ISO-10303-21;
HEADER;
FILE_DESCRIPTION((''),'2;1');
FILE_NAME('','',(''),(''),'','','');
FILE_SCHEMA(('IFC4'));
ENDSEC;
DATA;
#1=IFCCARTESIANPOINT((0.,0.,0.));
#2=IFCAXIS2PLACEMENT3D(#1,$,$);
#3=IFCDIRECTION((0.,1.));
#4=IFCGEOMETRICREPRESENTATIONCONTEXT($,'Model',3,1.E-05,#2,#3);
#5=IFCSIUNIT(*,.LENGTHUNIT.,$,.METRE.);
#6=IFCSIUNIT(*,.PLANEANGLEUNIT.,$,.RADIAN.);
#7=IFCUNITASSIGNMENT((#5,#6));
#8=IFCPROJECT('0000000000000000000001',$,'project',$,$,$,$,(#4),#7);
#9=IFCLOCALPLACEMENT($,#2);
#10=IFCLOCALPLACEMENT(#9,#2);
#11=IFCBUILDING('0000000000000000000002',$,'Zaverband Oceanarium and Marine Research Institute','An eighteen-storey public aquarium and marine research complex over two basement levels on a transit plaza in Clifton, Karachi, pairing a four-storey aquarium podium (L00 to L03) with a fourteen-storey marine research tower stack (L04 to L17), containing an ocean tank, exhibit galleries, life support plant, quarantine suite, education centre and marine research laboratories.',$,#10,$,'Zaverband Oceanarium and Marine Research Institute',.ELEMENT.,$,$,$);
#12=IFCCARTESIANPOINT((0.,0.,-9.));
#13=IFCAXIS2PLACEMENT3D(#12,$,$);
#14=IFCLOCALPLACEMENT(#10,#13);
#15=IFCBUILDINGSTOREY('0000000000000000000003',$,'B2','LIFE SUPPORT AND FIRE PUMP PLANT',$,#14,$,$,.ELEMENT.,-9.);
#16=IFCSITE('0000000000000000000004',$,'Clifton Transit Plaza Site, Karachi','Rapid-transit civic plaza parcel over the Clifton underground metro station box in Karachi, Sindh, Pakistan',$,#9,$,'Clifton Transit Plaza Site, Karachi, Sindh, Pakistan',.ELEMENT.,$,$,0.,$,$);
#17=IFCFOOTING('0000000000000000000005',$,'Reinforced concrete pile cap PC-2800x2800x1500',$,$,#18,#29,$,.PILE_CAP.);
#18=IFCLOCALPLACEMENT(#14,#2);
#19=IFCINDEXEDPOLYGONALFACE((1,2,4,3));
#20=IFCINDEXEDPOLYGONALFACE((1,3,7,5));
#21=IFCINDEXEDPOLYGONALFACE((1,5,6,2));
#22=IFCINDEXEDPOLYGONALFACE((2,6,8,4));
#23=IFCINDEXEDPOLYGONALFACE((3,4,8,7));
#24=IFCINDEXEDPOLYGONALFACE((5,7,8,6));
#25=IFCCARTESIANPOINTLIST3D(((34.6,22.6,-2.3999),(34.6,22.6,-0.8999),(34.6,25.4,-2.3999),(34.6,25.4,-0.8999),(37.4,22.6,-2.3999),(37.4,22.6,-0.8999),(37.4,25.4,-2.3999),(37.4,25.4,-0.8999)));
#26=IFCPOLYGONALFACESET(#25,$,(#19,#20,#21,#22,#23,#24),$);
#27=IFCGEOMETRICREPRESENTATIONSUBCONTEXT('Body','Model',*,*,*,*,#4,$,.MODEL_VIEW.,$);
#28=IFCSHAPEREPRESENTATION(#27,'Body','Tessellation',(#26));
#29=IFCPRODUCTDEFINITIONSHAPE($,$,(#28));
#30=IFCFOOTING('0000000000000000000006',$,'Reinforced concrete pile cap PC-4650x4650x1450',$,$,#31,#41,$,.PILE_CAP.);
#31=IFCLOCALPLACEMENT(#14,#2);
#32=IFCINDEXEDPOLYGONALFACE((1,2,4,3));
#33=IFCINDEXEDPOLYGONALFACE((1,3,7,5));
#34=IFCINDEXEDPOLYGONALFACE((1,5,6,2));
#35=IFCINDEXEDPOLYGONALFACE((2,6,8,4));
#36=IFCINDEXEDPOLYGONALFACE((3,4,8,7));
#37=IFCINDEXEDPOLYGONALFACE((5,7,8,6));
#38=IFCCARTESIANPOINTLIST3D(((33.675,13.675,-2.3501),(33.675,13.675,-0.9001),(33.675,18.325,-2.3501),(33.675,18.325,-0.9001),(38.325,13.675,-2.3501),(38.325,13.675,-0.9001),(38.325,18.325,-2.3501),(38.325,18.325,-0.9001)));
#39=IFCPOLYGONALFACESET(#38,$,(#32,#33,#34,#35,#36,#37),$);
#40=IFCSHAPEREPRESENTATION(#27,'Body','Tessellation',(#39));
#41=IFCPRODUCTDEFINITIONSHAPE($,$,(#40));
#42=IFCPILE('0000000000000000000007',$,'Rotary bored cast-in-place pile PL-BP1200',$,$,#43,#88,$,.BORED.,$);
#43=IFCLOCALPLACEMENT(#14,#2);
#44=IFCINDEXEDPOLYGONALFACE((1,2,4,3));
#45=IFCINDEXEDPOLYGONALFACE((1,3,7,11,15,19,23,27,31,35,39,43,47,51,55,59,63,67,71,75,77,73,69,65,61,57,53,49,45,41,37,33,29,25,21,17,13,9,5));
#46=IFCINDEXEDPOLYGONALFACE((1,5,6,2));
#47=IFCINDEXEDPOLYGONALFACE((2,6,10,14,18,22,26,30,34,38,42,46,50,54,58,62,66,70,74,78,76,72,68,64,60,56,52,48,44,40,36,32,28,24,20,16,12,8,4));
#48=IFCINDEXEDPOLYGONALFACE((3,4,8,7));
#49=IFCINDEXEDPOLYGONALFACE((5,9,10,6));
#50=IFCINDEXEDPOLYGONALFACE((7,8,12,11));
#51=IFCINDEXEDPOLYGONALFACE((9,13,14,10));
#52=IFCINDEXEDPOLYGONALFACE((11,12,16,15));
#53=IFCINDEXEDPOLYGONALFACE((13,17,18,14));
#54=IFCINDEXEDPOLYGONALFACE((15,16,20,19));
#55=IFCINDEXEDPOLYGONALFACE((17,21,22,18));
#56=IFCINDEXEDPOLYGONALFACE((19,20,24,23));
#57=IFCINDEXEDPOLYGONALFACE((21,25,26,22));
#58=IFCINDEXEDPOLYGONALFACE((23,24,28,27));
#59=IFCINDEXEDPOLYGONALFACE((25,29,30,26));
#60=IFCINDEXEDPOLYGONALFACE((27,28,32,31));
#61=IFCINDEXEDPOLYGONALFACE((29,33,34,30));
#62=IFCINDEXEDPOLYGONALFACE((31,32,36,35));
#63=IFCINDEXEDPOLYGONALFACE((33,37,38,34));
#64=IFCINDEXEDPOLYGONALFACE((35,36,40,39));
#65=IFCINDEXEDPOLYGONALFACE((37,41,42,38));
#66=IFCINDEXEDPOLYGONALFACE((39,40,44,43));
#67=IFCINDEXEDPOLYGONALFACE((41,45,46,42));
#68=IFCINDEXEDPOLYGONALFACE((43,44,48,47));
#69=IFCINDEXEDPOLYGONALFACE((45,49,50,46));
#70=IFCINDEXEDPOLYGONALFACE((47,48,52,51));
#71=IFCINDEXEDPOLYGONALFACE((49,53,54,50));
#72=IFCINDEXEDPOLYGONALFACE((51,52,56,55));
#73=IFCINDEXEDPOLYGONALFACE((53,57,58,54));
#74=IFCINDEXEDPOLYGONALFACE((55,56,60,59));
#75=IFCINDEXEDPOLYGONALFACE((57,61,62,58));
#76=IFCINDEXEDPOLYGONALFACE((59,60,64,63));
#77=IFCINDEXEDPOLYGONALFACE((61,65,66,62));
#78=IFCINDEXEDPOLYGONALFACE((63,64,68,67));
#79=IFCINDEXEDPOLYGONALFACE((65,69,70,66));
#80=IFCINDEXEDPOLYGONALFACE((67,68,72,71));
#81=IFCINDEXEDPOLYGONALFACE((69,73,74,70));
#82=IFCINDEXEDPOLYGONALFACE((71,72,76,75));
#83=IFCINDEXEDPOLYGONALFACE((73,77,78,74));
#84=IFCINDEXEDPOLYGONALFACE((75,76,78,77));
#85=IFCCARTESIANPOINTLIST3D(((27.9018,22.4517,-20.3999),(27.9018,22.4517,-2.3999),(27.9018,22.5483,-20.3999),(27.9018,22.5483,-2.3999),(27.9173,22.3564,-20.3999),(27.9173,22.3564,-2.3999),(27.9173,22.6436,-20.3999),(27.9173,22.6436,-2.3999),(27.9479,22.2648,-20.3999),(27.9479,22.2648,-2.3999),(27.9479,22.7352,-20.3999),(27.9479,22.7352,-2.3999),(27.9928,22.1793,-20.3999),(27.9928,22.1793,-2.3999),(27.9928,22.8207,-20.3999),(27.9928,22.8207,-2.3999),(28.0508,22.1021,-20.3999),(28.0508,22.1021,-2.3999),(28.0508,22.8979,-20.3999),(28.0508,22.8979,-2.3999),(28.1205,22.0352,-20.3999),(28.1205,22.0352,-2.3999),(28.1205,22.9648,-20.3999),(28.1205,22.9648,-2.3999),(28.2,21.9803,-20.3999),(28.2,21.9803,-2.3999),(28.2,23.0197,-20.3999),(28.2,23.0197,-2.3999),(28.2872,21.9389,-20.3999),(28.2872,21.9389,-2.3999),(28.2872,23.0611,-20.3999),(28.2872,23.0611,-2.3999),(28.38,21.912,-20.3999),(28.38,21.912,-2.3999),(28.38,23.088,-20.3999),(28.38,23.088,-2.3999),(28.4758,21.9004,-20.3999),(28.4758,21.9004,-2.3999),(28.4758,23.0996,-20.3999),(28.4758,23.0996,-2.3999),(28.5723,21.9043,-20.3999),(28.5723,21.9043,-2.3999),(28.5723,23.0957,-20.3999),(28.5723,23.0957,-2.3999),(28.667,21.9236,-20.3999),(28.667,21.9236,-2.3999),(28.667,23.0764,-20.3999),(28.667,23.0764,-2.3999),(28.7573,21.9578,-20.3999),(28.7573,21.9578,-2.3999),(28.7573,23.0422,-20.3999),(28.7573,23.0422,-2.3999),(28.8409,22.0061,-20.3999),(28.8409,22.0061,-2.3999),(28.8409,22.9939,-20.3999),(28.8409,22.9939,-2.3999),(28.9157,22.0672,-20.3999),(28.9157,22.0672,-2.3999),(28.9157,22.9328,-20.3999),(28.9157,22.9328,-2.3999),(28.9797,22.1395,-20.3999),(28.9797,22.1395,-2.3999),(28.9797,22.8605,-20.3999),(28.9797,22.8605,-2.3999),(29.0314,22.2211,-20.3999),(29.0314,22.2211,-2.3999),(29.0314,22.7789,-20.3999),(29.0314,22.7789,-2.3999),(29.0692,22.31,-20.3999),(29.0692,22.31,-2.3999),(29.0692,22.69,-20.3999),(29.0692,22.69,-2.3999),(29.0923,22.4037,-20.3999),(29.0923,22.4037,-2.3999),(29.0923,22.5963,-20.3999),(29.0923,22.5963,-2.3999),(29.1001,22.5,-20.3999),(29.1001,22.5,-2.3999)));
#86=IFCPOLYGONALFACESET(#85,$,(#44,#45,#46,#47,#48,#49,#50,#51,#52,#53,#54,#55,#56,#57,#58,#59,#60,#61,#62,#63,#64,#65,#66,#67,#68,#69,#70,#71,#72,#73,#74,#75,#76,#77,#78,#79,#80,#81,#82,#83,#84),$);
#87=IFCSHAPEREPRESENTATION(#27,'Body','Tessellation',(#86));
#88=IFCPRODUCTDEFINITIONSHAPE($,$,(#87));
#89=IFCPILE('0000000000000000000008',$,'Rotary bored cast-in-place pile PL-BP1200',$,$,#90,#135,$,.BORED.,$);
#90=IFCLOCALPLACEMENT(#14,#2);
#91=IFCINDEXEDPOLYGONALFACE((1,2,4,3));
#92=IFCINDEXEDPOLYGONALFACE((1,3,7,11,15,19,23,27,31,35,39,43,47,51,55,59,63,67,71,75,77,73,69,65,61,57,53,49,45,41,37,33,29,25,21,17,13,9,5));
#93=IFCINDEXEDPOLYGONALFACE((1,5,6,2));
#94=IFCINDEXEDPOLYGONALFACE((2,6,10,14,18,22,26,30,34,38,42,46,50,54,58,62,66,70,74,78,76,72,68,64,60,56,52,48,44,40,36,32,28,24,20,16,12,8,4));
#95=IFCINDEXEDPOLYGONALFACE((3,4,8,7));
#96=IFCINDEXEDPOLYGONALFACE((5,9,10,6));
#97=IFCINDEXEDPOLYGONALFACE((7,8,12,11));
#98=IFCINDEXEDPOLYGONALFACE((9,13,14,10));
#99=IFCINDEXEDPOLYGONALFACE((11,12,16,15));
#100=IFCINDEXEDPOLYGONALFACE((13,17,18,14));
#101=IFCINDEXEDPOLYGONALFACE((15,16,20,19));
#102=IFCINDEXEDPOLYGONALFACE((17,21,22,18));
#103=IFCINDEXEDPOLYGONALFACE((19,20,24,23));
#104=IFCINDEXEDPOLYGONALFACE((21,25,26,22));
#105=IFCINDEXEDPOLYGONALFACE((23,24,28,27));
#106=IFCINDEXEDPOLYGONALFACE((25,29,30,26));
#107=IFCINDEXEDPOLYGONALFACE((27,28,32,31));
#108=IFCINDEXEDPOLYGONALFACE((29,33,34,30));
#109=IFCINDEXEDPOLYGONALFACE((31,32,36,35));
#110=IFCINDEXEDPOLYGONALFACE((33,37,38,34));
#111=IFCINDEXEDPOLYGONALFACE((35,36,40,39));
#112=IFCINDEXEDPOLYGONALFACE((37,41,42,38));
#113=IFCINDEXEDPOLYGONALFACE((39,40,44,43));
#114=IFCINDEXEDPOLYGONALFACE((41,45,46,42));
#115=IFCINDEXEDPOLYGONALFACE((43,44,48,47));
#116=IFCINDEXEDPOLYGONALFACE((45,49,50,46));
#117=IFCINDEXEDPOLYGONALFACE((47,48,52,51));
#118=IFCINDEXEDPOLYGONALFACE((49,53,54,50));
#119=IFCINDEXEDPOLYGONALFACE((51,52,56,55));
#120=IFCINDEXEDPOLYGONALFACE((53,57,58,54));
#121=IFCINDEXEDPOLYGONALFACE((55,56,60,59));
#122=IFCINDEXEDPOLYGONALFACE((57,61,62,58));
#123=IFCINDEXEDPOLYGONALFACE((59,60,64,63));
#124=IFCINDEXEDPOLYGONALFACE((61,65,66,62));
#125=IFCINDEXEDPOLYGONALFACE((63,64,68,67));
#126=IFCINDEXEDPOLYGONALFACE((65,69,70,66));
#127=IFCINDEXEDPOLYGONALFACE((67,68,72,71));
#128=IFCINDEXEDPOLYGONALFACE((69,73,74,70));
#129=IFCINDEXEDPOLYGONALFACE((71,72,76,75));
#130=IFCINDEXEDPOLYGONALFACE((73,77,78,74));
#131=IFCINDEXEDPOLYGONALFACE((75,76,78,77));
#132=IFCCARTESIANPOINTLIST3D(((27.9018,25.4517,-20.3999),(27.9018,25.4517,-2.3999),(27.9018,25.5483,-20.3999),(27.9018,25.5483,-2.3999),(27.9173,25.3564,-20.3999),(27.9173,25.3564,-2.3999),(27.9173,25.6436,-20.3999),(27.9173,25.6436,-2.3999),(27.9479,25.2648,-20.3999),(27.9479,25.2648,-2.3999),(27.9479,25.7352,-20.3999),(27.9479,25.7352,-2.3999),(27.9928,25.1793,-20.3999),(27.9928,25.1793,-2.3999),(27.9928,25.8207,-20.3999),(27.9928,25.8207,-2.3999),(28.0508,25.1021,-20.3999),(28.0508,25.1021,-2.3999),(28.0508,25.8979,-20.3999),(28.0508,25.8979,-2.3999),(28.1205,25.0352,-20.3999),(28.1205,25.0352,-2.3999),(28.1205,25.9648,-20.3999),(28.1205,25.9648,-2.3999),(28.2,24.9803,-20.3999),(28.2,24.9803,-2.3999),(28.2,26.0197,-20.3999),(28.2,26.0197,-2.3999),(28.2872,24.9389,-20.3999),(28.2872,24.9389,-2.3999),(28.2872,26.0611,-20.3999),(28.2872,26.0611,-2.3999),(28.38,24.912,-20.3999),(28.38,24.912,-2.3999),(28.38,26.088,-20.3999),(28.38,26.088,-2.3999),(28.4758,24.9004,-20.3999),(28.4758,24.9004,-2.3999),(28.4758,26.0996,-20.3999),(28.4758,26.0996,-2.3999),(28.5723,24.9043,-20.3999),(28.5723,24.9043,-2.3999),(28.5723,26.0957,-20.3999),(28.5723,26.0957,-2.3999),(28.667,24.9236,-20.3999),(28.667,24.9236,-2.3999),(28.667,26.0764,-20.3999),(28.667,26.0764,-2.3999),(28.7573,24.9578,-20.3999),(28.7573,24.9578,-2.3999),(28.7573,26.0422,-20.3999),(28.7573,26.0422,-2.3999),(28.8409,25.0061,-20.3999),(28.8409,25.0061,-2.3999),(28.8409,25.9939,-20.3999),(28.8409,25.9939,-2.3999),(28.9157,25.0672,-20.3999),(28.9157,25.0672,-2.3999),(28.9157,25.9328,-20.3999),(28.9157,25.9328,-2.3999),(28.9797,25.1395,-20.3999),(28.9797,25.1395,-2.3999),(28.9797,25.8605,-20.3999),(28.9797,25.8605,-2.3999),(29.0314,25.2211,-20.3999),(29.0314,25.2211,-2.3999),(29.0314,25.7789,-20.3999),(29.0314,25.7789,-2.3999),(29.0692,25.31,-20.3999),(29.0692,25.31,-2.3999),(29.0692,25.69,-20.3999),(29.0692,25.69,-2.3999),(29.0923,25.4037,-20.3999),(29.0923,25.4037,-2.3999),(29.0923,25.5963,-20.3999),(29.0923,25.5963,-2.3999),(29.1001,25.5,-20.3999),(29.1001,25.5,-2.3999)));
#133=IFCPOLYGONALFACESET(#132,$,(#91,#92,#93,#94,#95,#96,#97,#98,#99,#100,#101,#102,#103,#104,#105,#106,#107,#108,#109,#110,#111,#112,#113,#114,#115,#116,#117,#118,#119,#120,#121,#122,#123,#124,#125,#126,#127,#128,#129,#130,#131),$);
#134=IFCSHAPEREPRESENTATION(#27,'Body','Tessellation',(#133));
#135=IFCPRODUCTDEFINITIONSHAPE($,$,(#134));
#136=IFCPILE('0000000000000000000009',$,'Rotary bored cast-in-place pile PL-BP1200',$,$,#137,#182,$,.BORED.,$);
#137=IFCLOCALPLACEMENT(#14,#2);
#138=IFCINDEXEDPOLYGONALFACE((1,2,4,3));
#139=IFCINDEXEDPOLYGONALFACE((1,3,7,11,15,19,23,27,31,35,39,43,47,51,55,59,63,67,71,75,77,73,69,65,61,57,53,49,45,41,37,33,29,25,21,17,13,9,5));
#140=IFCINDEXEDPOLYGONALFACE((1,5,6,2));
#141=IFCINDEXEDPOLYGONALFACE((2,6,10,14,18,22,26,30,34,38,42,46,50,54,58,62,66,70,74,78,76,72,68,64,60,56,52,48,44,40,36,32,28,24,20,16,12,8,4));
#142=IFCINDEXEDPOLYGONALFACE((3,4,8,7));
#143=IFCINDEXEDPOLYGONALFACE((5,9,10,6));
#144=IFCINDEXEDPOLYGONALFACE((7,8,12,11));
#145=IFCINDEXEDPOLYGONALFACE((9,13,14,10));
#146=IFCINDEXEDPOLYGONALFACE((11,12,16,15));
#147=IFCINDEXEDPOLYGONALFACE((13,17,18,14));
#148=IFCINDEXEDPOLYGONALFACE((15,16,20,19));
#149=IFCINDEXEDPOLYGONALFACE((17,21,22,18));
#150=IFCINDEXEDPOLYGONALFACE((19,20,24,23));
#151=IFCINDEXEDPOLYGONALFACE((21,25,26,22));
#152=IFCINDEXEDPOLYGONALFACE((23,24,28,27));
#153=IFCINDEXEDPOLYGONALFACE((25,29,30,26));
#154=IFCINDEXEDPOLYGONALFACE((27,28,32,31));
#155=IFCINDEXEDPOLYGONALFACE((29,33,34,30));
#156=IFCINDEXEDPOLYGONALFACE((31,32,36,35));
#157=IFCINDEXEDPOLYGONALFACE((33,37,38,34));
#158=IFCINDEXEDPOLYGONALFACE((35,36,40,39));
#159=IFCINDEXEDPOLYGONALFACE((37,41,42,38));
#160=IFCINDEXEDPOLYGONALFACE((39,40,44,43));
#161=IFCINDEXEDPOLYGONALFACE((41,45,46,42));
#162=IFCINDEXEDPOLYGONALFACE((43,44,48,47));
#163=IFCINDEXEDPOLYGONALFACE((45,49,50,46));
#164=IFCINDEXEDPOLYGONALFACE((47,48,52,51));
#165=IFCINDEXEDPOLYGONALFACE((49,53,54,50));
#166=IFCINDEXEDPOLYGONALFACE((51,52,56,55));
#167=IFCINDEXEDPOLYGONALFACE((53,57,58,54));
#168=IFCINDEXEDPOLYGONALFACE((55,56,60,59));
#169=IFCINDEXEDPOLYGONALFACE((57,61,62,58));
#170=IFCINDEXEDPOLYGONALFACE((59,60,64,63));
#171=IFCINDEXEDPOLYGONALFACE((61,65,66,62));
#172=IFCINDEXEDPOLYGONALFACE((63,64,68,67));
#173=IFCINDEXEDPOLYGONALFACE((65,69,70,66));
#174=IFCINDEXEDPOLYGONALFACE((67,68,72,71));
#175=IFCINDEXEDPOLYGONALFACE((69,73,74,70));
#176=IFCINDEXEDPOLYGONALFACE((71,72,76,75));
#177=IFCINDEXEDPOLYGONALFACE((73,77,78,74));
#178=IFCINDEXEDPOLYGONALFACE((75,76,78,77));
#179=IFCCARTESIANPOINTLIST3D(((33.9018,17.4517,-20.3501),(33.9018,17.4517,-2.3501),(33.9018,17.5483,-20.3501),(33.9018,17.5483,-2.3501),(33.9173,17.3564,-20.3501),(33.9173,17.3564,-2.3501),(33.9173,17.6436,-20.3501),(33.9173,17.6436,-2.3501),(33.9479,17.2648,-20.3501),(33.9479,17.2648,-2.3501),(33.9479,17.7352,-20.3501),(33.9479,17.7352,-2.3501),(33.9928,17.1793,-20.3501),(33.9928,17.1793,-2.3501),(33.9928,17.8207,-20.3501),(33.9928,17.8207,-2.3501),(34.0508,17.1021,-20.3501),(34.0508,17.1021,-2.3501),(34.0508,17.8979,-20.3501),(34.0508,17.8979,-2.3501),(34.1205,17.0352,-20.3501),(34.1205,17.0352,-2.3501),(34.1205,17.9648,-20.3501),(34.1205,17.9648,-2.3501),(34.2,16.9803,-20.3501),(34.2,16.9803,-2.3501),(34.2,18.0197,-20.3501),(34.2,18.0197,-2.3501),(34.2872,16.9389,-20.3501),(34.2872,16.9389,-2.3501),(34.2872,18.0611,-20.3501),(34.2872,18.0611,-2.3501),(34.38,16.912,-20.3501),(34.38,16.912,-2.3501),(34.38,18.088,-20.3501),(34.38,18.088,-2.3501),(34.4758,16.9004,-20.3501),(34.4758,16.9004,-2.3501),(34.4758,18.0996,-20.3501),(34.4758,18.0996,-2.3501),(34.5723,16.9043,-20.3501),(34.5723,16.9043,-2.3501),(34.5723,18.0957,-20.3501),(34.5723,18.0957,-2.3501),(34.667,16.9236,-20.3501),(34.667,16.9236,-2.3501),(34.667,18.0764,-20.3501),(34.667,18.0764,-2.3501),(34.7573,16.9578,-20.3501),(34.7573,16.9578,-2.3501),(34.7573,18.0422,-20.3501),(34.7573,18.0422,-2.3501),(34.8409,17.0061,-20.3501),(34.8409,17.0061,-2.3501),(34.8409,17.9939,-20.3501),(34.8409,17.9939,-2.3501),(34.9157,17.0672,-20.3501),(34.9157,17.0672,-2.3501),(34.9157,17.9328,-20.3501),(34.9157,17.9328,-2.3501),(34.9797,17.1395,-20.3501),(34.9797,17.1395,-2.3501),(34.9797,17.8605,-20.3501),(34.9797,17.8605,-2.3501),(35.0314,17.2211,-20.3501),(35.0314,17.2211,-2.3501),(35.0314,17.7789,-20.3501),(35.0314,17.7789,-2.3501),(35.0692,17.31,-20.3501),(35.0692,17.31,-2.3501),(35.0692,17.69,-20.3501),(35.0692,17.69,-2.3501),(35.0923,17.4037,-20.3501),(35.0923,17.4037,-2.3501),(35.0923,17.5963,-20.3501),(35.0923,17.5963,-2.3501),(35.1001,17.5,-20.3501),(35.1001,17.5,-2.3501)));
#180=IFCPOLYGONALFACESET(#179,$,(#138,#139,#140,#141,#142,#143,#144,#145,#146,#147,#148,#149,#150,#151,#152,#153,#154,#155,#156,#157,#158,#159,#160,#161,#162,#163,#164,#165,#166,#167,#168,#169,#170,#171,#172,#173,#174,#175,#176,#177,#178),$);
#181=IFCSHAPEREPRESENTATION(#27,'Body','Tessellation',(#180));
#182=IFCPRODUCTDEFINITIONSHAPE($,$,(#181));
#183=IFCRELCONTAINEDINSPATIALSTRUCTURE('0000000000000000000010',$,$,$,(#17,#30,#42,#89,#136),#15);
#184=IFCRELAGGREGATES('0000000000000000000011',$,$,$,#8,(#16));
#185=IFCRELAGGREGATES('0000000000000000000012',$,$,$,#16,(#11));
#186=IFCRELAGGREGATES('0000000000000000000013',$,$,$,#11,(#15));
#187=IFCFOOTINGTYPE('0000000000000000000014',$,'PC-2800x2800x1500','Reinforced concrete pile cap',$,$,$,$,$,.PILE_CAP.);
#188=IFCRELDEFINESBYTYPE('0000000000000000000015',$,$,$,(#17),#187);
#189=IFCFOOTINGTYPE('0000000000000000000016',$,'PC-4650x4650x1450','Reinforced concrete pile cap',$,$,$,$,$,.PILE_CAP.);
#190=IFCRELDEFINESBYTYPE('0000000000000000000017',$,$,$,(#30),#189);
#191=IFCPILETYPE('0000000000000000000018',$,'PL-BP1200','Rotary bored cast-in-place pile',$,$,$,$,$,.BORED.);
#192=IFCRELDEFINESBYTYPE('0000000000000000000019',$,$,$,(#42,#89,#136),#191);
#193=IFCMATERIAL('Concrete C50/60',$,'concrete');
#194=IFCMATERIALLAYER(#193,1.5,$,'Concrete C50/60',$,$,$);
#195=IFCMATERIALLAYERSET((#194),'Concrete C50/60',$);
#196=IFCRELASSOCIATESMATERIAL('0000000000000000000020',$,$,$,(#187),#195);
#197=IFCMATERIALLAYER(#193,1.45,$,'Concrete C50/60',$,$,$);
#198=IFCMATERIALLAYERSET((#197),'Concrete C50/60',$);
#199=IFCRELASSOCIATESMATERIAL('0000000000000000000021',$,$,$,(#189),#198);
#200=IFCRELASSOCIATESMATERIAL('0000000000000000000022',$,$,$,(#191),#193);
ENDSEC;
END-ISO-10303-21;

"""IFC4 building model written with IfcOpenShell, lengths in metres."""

from ifc_helpers import new_model, si_unit, direction, frame, origin, origin_2d, place, context, subcontext, project, spatial, rectangle, circle, extrude, material, layer, layer_set, material_profile, profile_set, type_object, element, save


model = new_model("IFC4")

# Units and contexts
model_context = context("Model", 3, precision=1e-05, world=origin(), true_north=direction((0.0, 1.0)))
body_context = subcontext(model_context, "Body", "Model", "MODEL_VIEW")
ifc_project = project(units=[si_unit("LENGTHUNIT", "METRE"), si_unit("PLANEANGLEUNIT", "RADIAN")], contexts=[model_context])

# Site, building, storey
site_placement = place(None, origin())
site = spatial("IfcSite", under=ifc_project, at=site_placement, Name="Clifton Transit Plaza Site, Karachi", Description="Rapid-transit civic plaza parcel over the Clifton underground metro station box in Karachi, Sindh, Pakistan", LongName="Clifton Transit Plaza Site, Karachi, Sindh, Pakistan", CompositionType="ELEMENT", RefElevation=0.0)
building_placement = place(site_placement, origin())
building = spatial("IfcBuilding", under=site, at=building_placement, Name="Zaverband Oceanarium and Marine Research Institute", Description="An eighteen-storey public aquarium and marine research complex over two basement levels on a transit plaza in Clifton, Karachi, pairing a four-storey aquarium podium (L00 to L03) with a fourteen-storey marine research tower stack (L04 to L17), containing an ocean tank, exhibit galleries, life support plant, quarantine suite, education centre and marine research laboratories.", LongName="Zaverband Oceanarium and Marine Research Institute", CompositionType="ELEMENT")
storey_placement = place(building_placement, frame((0.0, 0.0, -9.0)))
storey = spatial("IfcBuildingStorey", under=building, at=storey_placement, Name="B2", Description="LIFE SUPPORT AND FIRE PUMP PLANT", CompositionType="ELEMENT", Elevation=-9.0)

# Footings
ifc_material_1 = material(Name="Concrete C50/60", Category="concrete")
ifc_layer_1 = layer(ifc_material_1, 1.5, Name="Concrete C50/60")
ifc_layer_set_1 = layer_set([ifc_layer_1], Name="Concrete C50/60")
footing_type_1 = type_object("IfcFootingType", Name="PC-2800x2800x1500", Description="Reinforced concrete pile cap", PredefinedType="PILE_CAP", material=ifc_layer_set_1)
footing_1_placement = place(storey_placement, frame((36.0, 24.0, -2.3999), z_axis=(0.0, 0.0, 1.0), x_axis=(1.0, 0.0, 0.0)))
element("IfcFooting", 1, at=footing_1_placement, inside=storey, type_object=footing_type_1, Name="Reinforced concrete pile cap PC-2800x2800x1500", PredefinedType="PILE_CAP", context=body_context, shape_type="SweptSolid", body=[
    extrude(rectangle(XDim=2.8, YDim=2.8, at=origin_2d()), origin(), (0.0, 0.0, 1.0), 1.5),
])
ifc_layer_2 = layer(ifc_material_1, 1.45, Name="Concrete C50/60")
ifc_layer_set_2 = layer_set([ifc_layer_2], Name="Concrete C50/60")
footing_type_2 = type_object("IfcFootingType", Name="PC-4650x4650x1450", Description="Reinforced concrete pile cap", PredefinedType="PILE_CAP", material=ifc_layer_set_2)
footing_2_placement = place(storey_placement, frame((36.0, 16.0, -2.3501), z_axis=(0.0, 0.0, 1.0), x_axis=(1.0, 0.0, 0.0)))
element("IfcFooting", 2, at=footing_2_placement, inside=storey, type_object=footing_type_2, Name="Reinforced concrete pile cap PC-4650x4650x1450", PredefinedType="PILE_CAP", context=body_context, shape_type="SweptSolid", body=[
    extrude(rectangle(XDim=4.6499, YDim=4.6499, at=origin_2d()), origin(), (0.0, 0.0, 1.0), 1.45),
])

# Piles
ifc_material_profile_1 = material_profile(ifc_material_1, circle(Radius=0.6001, at=origin_2d()), Name="BP1200")
ifc_profile_set_1 = profile_set([ifc_material_profile_1], Name="Concrete C50/60")
pile_type = type_object("IfcPileType", Name="PL-BP1200", Description="Rotary bored cast-in-place pile", PredefinedType="BORED", material=ifc_profile_set_1)
for number, where, z_axis, x_axis, name in (
    (3, (28.5, 22.5, -2.3999), (0.0, 0.0, -1.0), (1.0, 0.0, 0.0), "Rotary bored cast-in-place pile PL-BP1200"),
    (4, (28.5, 25.5, -2.3999), (0.0, 0.0, -1.0), (1.0, 0.0, 0.0), "Rotary bored cast-in-place pile PL-BP1200"),
    (5, (34.5, 17.5, -2.3501), (0.0, 0.0, -1.0), (1.0, 0.0, 0.0), "Rotary bored cast-in-place pile PL-BP1200"),
):
    element("IfcPile", number, at=place(storey_placement, frame(where, z_axis=z_axis, x_axis=x_axis)), inside=storey, type_object=pile_type, Name=name, PredefinedType="BORED", context=body_context, shape_type="SweptSolid", body=[
        extrude(circle(Radius=0.6001, at=origin_2d()), origin(), (0.0, 0.0, 1.0), 18.0),
    ])

save(model, "model.ifc")
